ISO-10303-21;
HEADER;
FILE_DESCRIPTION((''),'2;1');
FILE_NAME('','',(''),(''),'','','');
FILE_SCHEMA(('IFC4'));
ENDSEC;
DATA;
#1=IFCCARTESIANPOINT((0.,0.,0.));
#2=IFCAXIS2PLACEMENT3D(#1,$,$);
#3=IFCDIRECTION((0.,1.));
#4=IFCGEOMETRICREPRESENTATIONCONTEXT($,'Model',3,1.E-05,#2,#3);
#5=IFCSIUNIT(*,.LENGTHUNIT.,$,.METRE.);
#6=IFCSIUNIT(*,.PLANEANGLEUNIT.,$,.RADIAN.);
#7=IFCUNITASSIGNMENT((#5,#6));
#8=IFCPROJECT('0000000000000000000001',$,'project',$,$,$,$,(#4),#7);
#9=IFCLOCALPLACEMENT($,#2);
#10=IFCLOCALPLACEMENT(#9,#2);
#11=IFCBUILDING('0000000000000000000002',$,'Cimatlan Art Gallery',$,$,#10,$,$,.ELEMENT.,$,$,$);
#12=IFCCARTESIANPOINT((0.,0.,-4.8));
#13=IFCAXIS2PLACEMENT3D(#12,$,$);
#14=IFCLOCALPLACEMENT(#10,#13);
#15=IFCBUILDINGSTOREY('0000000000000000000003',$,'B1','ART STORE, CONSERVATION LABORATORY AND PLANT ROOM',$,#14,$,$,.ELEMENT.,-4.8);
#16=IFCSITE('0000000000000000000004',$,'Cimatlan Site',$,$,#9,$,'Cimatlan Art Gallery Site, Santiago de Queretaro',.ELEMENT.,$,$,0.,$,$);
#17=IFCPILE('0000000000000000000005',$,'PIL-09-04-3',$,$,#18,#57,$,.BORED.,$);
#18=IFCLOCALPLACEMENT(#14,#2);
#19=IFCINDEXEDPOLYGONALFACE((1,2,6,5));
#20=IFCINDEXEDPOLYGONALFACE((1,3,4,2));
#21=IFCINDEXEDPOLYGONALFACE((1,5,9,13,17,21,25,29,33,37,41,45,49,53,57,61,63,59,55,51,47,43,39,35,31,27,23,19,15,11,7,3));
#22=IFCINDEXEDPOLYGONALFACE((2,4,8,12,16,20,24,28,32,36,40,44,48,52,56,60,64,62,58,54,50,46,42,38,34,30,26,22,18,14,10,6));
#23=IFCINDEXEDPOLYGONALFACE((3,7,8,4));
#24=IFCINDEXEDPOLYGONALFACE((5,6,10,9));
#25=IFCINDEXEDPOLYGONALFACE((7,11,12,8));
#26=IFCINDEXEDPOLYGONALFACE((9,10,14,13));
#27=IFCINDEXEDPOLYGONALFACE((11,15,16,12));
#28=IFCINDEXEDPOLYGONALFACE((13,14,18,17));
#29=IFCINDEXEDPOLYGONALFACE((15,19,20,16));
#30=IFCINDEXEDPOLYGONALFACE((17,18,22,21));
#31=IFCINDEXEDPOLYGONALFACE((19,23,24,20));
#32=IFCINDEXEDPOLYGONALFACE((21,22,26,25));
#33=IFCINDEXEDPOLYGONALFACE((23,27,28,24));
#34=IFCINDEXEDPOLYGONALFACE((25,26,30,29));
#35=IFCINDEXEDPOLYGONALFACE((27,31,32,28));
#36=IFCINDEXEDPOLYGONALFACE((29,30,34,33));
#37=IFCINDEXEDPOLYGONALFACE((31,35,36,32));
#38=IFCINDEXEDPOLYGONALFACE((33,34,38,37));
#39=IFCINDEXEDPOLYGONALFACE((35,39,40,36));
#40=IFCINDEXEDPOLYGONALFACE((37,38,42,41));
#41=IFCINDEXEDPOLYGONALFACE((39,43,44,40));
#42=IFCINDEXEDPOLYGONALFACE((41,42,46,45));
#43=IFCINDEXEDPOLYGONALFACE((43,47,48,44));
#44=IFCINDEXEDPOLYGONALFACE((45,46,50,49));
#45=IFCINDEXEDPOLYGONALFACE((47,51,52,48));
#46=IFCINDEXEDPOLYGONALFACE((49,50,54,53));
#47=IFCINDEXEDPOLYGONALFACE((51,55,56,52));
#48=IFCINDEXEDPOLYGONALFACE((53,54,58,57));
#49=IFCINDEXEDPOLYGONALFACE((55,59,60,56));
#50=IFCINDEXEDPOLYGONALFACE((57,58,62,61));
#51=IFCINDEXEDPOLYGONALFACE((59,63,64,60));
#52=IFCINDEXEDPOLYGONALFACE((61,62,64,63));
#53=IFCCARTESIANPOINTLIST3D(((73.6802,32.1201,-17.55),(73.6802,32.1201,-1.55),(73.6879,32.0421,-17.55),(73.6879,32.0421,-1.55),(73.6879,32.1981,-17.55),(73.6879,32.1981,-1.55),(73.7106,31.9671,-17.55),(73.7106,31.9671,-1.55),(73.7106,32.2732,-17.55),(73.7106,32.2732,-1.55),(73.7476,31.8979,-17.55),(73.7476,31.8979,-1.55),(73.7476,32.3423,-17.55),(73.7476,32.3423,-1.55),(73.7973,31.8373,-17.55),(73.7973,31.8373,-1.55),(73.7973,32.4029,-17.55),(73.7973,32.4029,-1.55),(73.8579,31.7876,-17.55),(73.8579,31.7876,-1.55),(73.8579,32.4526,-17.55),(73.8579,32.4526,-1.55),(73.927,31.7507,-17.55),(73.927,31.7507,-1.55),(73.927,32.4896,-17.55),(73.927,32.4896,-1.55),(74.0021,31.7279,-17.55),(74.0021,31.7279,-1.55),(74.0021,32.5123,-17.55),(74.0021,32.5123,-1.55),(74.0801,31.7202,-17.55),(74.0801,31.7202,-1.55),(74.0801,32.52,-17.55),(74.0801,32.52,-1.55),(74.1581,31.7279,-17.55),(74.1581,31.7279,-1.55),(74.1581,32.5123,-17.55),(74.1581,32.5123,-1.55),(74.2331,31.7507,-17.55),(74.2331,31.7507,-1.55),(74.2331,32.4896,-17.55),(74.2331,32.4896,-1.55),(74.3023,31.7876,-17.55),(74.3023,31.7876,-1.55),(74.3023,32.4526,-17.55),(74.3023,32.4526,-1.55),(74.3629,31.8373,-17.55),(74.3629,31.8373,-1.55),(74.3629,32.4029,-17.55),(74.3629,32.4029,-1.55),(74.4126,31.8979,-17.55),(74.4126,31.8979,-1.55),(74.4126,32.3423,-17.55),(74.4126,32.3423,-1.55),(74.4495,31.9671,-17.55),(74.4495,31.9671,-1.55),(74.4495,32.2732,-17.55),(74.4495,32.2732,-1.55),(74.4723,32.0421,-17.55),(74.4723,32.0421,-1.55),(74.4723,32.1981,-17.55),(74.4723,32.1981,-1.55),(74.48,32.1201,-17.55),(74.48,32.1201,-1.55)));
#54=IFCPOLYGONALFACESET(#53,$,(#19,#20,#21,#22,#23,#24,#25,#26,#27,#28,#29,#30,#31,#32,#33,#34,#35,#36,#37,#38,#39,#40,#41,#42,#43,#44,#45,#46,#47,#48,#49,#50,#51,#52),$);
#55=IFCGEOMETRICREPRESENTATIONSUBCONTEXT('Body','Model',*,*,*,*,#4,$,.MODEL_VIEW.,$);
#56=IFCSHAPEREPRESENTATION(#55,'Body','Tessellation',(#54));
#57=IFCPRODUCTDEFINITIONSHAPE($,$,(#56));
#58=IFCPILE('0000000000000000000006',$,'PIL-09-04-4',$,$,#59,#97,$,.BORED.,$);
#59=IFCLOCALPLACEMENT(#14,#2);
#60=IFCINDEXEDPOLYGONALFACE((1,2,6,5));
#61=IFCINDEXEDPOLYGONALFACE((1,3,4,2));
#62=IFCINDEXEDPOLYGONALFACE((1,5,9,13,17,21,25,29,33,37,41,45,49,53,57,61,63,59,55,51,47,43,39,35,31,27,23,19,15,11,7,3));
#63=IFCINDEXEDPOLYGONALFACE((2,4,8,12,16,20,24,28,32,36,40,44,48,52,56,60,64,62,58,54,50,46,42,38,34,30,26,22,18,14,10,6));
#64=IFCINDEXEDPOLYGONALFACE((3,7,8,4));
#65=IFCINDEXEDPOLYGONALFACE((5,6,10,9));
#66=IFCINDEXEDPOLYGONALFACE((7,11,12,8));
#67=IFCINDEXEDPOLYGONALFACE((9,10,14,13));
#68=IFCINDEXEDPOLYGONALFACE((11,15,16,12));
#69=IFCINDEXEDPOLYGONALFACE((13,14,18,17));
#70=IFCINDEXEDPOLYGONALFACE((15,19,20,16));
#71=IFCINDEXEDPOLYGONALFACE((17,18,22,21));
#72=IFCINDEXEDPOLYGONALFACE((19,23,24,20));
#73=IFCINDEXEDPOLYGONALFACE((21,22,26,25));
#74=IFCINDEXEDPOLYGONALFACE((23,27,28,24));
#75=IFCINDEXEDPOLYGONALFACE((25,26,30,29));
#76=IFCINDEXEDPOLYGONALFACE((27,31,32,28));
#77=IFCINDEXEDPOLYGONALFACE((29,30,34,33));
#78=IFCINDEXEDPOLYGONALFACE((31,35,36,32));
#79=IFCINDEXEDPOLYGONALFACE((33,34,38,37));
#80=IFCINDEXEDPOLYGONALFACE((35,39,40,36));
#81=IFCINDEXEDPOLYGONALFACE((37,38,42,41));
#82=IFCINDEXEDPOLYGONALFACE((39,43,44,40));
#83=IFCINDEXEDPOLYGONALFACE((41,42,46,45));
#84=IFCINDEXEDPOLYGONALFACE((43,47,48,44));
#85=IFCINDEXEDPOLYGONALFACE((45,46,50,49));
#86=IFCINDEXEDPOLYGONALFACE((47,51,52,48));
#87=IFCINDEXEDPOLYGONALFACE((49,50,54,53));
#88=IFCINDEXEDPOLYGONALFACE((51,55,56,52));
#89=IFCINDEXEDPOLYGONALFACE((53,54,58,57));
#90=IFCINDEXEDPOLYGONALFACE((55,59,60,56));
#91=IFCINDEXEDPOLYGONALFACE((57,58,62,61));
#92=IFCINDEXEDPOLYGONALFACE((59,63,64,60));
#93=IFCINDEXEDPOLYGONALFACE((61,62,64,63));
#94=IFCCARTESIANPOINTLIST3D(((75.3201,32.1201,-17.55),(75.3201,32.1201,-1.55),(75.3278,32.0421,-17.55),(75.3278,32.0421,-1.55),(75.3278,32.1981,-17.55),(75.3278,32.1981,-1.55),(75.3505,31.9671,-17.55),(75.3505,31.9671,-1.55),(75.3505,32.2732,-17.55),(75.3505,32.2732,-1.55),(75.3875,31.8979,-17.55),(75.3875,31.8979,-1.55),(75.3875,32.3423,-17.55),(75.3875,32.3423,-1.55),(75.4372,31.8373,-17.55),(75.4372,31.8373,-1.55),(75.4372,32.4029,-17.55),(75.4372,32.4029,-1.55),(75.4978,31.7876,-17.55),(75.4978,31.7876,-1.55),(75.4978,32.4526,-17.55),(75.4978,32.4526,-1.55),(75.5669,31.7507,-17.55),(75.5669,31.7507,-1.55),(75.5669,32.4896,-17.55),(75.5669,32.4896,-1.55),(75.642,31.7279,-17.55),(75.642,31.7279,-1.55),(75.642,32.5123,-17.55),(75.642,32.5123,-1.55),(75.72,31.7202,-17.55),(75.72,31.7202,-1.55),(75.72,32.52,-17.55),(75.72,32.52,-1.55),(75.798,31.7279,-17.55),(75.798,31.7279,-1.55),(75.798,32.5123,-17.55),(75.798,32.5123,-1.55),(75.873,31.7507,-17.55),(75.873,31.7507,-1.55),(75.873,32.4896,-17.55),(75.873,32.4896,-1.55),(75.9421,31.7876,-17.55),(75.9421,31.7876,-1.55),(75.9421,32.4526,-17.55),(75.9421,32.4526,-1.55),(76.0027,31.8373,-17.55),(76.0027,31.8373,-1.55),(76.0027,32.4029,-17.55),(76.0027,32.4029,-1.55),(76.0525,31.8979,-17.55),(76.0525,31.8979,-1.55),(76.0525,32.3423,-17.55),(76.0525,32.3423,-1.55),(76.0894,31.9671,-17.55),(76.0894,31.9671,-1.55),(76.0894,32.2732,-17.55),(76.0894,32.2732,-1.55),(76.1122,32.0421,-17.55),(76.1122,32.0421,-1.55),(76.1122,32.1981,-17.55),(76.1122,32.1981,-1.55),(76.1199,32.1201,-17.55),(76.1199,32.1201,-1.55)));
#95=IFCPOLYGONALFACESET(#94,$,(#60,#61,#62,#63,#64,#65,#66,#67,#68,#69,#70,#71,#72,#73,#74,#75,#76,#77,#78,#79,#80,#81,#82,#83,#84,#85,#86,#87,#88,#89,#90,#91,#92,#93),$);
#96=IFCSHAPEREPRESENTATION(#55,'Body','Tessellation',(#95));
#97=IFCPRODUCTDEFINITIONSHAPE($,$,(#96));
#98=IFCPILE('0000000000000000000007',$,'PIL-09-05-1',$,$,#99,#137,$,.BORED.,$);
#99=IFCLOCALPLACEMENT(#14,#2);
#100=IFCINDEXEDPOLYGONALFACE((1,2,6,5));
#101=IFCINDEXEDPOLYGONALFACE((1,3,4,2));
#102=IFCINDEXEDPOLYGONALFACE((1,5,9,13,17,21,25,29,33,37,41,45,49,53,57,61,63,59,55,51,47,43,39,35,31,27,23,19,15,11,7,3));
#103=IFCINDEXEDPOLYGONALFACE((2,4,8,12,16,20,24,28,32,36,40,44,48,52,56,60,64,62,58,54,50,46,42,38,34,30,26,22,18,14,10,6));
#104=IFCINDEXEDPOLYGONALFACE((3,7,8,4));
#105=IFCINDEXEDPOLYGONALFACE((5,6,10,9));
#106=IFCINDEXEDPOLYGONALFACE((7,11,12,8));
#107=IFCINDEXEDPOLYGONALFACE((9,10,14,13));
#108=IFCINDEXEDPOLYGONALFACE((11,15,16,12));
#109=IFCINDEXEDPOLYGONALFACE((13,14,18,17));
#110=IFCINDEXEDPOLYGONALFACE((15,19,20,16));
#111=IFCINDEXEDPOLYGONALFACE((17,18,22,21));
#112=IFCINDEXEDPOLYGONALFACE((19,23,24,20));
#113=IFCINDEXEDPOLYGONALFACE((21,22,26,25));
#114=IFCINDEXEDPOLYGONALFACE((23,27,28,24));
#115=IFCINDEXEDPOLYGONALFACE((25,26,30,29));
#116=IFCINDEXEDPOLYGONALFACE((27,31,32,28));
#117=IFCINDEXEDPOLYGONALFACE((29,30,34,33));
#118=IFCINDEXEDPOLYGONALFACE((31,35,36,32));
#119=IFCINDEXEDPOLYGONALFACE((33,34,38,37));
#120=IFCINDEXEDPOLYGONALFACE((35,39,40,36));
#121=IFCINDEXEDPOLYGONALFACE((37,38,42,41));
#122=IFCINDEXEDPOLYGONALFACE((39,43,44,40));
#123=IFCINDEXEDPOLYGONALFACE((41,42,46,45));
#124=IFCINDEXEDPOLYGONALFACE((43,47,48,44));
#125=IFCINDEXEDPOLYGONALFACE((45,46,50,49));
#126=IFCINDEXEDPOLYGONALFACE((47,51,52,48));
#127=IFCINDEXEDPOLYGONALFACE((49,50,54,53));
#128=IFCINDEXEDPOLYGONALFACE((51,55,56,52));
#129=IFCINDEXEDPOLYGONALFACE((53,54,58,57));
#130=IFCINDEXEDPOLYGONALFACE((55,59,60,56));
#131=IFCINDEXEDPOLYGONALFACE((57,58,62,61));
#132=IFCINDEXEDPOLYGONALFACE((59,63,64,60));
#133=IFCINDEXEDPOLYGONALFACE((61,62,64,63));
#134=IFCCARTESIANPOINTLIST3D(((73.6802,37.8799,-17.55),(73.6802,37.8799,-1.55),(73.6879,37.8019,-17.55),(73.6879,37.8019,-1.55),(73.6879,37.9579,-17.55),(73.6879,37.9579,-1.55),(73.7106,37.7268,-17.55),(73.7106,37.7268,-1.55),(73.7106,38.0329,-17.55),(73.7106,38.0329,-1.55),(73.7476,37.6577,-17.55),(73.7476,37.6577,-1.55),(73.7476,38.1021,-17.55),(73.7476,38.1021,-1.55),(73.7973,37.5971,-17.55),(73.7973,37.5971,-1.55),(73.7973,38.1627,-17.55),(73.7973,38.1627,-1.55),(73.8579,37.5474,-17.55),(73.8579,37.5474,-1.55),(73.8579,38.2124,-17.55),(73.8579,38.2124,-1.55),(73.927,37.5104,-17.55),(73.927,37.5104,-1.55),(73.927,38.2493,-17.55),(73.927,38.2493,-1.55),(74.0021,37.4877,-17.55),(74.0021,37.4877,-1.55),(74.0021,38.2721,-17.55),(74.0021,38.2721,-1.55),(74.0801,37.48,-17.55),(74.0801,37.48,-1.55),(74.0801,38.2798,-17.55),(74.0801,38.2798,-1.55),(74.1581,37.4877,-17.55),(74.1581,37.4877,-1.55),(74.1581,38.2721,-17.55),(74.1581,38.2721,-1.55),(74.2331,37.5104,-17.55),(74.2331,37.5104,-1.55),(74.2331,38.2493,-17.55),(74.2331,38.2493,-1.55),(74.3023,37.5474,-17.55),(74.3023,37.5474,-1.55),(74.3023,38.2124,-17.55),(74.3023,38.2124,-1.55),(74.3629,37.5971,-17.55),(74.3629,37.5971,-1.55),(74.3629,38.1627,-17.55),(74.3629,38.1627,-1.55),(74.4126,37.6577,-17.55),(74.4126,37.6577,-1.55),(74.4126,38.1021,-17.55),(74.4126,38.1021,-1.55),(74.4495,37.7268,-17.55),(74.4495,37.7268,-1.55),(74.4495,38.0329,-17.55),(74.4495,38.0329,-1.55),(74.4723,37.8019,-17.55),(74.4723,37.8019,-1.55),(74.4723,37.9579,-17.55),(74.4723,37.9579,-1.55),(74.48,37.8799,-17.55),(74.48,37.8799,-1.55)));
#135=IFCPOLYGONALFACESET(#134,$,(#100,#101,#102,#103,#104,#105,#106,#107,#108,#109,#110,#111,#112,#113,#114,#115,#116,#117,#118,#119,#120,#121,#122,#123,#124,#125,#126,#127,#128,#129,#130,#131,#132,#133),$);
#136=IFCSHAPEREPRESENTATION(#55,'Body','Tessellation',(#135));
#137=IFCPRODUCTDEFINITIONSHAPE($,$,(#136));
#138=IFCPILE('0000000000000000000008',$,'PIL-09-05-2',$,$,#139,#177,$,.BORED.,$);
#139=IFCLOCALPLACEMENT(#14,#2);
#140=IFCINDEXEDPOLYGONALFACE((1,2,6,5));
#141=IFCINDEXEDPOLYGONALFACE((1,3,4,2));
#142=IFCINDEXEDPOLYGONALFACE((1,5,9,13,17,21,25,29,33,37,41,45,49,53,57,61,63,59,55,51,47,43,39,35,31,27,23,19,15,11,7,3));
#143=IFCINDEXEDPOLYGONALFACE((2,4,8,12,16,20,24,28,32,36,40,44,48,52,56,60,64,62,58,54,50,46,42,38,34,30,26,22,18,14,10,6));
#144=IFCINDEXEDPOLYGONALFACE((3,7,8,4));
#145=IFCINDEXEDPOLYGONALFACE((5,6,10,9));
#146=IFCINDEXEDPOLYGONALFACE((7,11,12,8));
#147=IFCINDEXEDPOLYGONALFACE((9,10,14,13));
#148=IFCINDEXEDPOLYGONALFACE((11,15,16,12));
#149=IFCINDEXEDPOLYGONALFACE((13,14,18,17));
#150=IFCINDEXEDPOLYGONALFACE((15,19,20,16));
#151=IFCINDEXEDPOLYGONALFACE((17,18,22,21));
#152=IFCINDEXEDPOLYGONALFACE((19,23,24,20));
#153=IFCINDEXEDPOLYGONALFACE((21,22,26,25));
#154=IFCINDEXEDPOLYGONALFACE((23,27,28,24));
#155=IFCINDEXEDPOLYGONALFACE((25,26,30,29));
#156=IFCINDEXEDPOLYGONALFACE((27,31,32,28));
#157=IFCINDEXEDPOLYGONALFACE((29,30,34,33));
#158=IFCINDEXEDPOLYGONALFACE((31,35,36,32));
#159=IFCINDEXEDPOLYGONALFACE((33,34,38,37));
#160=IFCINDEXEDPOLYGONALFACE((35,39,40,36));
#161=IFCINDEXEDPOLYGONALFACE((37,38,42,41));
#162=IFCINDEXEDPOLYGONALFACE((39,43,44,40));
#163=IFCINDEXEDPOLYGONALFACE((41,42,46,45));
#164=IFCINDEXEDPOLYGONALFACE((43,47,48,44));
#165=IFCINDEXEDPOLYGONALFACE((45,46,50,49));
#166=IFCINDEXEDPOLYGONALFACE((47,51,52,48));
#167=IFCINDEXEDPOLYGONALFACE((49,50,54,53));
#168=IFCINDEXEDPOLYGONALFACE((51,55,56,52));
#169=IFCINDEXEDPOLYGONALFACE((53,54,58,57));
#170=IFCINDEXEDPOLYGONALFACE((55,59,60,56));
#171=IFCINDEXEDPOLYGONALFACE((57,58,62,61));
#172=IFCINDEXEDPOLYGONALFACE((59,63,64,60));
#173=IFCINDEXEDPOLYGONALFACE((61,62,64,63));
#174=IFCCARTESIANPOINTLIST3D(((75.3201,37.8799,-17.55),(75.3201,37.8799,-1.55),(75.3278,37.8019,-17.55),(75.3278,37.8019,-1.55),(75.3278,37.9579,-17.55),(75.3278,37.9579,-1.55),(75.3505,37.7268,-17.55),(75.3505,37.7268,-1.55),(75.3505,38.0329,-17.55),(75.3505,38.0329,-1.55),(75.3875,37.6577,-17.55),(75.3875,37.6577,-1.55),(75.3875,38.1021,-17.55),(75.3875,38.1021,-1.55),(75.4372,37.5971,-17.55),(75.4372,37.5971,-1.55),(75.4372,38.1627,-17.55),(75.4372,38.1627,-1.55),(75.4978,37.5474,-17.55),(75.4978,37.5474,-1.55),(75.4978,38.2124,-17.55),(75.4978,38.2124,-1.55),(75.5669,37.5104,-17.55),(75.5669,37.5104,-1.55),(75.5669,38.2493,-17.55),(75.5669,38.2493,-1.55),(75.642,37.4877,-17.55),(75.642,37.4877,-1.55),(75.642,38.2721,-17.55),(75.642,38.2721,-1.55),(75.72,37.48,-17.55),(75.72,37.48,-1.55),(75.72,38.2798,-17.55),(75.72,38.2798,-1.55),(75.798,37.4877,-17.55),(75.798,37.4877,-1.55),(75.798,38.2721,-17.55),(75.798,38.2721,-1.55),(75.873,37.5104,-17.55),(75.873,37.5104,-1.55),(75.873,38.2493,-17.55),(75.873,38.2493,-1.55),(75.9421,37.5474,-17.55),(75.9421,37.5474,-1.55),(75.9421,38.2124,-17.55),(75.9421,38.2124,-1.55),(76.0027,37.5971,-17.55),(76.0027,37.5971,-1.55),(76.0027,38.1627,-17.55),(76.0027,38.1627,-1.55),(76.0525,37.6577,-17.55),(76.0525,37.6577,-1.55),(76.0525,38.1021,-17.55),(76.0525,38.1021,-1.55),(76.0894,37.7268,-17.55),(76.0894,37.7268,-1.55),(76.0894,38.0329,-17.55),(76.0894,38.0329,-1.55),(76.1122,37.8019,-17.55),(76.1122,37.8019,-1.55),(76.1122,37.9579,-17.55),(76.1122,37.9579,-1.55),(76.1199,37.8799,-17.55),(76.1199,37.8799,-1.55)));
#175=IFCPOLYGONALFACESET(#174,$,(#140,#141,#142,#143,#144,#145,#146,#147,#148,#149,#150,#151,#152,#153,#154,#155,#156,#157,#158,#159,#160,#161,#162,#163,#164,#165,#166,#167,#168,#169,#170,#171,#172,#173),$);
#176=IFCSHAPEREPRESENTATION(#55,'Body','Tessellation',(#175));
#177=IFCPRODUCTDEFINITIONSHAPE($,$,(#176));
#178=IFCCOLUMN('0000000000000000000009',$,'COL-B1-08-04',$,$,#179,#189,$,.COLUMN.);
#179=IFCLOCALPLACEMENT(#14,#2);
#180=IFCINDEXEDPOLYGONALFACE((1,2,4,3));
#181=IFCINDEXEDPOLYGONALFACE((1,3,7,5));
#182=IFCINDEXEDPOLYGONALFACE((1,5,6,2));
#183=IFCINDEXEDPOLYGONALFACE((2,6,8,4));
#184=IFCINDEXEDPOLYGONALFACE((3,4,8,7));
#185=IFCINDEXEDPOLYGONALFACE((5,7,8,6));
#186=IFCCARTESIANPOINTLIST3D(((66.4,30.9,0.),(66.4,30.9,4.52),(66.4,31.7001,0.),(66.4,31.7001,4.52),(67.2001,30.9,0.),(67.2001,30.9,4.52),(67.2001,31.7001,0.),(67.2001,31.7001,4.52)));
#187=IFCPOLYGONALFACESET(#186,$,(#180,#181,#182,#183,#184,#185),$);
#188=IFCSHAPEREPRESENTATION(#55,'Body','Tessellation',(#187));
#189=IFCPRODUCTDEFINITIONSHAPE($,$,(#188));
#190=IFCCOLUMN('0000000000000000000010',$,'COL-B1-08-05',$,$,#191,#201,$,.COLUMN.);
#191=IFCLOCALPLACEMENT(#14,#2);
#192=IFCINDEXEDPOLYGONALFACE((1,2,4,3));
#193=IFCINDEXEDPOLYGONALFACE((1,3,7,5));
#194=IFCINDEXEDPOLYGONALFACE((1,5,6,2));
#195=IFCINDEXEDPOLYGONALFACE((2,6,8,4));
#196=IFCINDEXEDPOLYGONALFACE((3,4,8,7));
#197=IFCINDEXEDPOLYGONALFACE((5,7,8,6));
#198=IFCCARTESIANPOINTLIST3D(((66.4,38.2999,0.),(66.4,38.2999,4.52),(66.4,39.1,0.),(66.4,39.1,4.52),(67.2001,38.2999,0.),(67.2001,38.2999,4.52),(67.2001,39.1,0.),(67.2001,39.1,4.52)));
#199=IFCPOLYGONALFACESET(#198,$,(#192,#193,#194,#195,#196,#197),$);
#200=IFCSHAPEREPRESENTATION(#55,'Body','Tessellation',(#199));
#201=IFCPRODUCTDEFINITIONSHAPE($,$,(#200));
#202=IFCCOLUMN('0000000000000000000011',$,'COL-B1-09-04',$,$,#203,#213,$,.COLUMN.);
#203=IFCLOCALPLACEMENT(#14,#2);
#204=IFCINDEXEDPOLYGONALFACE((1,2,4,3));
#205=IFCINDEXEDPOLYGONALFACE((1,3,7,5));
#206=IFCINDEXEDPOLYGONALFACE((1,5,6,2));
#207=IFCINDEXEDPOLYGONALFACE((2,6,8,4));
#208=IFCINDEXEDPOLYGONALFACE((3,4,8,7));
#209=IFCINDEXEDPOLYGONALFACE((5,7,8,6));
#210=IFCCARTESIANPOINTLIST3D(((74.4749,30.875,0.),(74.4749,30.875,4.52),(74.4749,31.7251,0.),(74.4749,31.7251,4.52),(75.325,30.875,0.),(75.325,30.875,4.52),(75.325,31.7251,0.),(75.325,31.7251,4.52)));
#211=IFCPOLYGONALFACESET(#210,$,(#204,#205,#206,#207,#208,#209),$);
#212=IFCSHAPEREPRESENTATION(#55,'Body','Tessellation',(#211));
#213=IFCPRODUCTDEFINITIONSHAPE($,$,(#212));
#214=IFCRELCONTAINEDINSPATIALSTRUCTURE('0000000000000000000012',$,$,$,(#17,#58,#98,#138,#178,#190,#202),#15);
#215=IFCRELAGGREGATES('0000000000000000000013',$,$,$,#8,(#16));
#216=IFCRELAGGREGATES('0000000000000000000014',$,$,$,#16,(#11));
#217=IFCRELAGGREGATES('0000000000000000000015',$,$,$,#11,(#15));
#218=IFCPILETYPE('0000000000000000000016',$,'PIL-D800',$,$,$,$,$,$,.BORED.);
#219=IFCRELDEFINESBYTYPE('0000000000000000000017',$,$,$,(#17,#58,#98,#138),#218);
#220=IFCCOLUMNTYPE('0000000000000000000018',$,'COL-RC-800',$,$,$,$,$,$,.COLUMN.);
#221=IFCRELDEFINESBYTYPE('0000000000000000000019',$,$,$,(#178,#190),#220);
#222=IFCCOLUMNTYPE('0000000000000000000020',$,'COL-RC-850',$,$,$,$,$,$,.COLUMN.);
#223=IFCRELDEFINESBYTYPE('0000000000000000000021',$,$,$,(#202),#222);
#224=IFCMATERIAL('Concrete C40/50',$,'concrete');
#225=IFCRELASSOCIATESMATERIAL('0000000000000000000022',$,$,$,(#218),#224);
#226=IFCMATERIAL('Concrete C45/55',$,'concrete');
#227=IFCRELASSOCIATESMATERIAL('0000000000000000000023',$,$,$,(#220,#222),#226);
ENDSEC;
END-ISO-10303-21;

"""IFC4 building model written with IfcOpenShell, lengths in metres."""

from ifc_helpers import new_model, si_unit, direction, frame, origin, origin_2d, place, context, subcontext, project, spatial, rectangle, circle, extrude, material, material_profile, profile_set, type_object, element, save


model = new_model("IFC4")

# Units and contexts
model_context = context("Model", 3, precision=1e-05, world=origin(), true_north=direction((0.0, 1.0)))
body_context = subcontext(model_context, "Body", "Model", "MODEL_VIEW")
ifc_project = project(units=[si_unit("LENGTHUNIT", "METRE"), si_unit("PLANEANGLEUNIT", "RADIAN")], contexts=[model_context])

# Site, building, storey
site_placement = place(None, origin())
site = spatial("IfcSite", under=ifc_project, at=site_placement, Name="Cimatlan Site", LongName="Cimatlan Art Gallery Site, Santiago de Queretaro", CompositionType="ELEMENT", RefElevation=0.0)
building_placement = place(site_placement, origin())
building = spatial("IfcBuilding", under=site, at=building_placement, Name="Cimatlan Art Gallery", CompositionType="ELEMENT")
storey_placement = place(building_placement, frame((0.0, 0.0, -4.8)))
storey = spatial("IfcBuildingStorey", under=building, at=storey_placement, Name="B1", Description="ART STORE, CONSERVATION LABORATORY AND PLANT ROOM", CompositionType="ELEMENT", Elevation=-4.8)

# Shared definitions
ifc_material_1 = material(Name="Concrete C40/50", Category="concrete")

# Piles
pile_type_1 = type_object("IfcPileType", Name="PIL-D800", PredefinedType="BORED", material=ifc_material_1)
for number, where, z_axis, x_axis, name in (
    (1, (74.0801, 32.1201, -1.55), (0.0, 0.0, -1.0), (1.0, 0.0, 0.0), "PIL-09-04-3"),
    (2, (75.72, 32.1201, -1.55), (0.0, 0.0, -1.0), (1.0, 0.0, 0.0), "PIL-09-04-4"),
    (3, (74.0801, 37.8799, -1.55), (0.0, 0.0, -1.0), (1.0, 0.0, 0.0), "PIL-09-05-1"),
    (4, (75.72, 37.8799, -1.55), (0.0, 0.0, -1.0), (1.0, 0.0, 0.0), "PIL-09-05-2"),
):
    element("IfcPile", number, at=place(storey_placement, frame(where, z_axis=z_axis, x_axis=x_axis)), inside=storey, type_object=pile_type_1, Name=name, PredefinedType="BORED", context=body_context, shape_type="SweptSolid", body=[
        extrude(circle(Radius=0.3999, at=origin_2d()), origin(), (0.0, 0.0, 1.0), 16.0),
    ])

# Columns
ifc_material_2 = material(Name="Concrete C45/55", Category="concrete")
ifc_material_profile_1 = material_profile(ifc_material_2, rectangle(XDim=0.8, YDim=0.8, at=origin_2d()), Name="RC800X800")
ifc_profile_set_1 = profile_set([ifc_material_profile_1], Name="Concrete C45/55")
column_type_1 = type_object("IfcColumnType", Name="COL-RC-800", PredefinedType="COLUMN", material=ifc_profile_set_1)
for number, where, z_axis, x_axis, name in (
    (5, (66.8, 31.3, 0.0), (0.0, 0.0, 1.0), (1.0, 0.0, 0.0), "COL-B1-08-04"),
    (6, (66.8, 38.7, 0.0), (0.0, 0.0, 1.0), (1.0, 0.0, 0.0), "COL-B1-08-05"),
):
    element("IfcColumn", number, at=place(storey_placement, frame(where, z_axis=z_axis, x_axis=x_axis)), inside=storey, type_object=column_type_1, Name=name, PredefinedType="COLUMN", context=body_context, shape_type="SweptSolid", body=[
        extrude(rectangle(XDim=0.8, YDim=0.8, at=origin_2d()), origin(), (0.0, 0.0, 1.0), 4.52),
    ])
ifc_material_profile_2 = material_profile(ifc_material_2, rectangle(XDim=0.8501, YDim=0.8501, at=origin_2d()), Name="RC850X850")
ifc_profile_set_2 = profile_set([ifc_material_profile_2], Name="Concrete C45/55")
column_type_2 = type_object("IfcColumnType", Name="COL-RC-850", PredefinedType="COLUMN", material=ifc_profile_set_2)
for number, where, z_axis, x_axis, name in (
    (7, (74.8999, 31.3, 0.0), (0.0, 0.0, 1.0), (1.0, 0.0, 0.0), "COL-B1-09-04"),
):
    element("IfcColumn", number, at=place(storey_placement, frame(where, z_axis=z_axis, x_axis=x_axis)), inside=storey, type_object=column_type_2, Name=name, PredefinedType="COLUMN", context=body_context, shape_type="SweptSolid", body=[
        extrude(rectangle(XDim=0.8501, YDim=0.8501, at=origin_2d()), origin(), (0.0, 0.0, 1.0), 4.52),
    ])

save(model, "model.ifc")
